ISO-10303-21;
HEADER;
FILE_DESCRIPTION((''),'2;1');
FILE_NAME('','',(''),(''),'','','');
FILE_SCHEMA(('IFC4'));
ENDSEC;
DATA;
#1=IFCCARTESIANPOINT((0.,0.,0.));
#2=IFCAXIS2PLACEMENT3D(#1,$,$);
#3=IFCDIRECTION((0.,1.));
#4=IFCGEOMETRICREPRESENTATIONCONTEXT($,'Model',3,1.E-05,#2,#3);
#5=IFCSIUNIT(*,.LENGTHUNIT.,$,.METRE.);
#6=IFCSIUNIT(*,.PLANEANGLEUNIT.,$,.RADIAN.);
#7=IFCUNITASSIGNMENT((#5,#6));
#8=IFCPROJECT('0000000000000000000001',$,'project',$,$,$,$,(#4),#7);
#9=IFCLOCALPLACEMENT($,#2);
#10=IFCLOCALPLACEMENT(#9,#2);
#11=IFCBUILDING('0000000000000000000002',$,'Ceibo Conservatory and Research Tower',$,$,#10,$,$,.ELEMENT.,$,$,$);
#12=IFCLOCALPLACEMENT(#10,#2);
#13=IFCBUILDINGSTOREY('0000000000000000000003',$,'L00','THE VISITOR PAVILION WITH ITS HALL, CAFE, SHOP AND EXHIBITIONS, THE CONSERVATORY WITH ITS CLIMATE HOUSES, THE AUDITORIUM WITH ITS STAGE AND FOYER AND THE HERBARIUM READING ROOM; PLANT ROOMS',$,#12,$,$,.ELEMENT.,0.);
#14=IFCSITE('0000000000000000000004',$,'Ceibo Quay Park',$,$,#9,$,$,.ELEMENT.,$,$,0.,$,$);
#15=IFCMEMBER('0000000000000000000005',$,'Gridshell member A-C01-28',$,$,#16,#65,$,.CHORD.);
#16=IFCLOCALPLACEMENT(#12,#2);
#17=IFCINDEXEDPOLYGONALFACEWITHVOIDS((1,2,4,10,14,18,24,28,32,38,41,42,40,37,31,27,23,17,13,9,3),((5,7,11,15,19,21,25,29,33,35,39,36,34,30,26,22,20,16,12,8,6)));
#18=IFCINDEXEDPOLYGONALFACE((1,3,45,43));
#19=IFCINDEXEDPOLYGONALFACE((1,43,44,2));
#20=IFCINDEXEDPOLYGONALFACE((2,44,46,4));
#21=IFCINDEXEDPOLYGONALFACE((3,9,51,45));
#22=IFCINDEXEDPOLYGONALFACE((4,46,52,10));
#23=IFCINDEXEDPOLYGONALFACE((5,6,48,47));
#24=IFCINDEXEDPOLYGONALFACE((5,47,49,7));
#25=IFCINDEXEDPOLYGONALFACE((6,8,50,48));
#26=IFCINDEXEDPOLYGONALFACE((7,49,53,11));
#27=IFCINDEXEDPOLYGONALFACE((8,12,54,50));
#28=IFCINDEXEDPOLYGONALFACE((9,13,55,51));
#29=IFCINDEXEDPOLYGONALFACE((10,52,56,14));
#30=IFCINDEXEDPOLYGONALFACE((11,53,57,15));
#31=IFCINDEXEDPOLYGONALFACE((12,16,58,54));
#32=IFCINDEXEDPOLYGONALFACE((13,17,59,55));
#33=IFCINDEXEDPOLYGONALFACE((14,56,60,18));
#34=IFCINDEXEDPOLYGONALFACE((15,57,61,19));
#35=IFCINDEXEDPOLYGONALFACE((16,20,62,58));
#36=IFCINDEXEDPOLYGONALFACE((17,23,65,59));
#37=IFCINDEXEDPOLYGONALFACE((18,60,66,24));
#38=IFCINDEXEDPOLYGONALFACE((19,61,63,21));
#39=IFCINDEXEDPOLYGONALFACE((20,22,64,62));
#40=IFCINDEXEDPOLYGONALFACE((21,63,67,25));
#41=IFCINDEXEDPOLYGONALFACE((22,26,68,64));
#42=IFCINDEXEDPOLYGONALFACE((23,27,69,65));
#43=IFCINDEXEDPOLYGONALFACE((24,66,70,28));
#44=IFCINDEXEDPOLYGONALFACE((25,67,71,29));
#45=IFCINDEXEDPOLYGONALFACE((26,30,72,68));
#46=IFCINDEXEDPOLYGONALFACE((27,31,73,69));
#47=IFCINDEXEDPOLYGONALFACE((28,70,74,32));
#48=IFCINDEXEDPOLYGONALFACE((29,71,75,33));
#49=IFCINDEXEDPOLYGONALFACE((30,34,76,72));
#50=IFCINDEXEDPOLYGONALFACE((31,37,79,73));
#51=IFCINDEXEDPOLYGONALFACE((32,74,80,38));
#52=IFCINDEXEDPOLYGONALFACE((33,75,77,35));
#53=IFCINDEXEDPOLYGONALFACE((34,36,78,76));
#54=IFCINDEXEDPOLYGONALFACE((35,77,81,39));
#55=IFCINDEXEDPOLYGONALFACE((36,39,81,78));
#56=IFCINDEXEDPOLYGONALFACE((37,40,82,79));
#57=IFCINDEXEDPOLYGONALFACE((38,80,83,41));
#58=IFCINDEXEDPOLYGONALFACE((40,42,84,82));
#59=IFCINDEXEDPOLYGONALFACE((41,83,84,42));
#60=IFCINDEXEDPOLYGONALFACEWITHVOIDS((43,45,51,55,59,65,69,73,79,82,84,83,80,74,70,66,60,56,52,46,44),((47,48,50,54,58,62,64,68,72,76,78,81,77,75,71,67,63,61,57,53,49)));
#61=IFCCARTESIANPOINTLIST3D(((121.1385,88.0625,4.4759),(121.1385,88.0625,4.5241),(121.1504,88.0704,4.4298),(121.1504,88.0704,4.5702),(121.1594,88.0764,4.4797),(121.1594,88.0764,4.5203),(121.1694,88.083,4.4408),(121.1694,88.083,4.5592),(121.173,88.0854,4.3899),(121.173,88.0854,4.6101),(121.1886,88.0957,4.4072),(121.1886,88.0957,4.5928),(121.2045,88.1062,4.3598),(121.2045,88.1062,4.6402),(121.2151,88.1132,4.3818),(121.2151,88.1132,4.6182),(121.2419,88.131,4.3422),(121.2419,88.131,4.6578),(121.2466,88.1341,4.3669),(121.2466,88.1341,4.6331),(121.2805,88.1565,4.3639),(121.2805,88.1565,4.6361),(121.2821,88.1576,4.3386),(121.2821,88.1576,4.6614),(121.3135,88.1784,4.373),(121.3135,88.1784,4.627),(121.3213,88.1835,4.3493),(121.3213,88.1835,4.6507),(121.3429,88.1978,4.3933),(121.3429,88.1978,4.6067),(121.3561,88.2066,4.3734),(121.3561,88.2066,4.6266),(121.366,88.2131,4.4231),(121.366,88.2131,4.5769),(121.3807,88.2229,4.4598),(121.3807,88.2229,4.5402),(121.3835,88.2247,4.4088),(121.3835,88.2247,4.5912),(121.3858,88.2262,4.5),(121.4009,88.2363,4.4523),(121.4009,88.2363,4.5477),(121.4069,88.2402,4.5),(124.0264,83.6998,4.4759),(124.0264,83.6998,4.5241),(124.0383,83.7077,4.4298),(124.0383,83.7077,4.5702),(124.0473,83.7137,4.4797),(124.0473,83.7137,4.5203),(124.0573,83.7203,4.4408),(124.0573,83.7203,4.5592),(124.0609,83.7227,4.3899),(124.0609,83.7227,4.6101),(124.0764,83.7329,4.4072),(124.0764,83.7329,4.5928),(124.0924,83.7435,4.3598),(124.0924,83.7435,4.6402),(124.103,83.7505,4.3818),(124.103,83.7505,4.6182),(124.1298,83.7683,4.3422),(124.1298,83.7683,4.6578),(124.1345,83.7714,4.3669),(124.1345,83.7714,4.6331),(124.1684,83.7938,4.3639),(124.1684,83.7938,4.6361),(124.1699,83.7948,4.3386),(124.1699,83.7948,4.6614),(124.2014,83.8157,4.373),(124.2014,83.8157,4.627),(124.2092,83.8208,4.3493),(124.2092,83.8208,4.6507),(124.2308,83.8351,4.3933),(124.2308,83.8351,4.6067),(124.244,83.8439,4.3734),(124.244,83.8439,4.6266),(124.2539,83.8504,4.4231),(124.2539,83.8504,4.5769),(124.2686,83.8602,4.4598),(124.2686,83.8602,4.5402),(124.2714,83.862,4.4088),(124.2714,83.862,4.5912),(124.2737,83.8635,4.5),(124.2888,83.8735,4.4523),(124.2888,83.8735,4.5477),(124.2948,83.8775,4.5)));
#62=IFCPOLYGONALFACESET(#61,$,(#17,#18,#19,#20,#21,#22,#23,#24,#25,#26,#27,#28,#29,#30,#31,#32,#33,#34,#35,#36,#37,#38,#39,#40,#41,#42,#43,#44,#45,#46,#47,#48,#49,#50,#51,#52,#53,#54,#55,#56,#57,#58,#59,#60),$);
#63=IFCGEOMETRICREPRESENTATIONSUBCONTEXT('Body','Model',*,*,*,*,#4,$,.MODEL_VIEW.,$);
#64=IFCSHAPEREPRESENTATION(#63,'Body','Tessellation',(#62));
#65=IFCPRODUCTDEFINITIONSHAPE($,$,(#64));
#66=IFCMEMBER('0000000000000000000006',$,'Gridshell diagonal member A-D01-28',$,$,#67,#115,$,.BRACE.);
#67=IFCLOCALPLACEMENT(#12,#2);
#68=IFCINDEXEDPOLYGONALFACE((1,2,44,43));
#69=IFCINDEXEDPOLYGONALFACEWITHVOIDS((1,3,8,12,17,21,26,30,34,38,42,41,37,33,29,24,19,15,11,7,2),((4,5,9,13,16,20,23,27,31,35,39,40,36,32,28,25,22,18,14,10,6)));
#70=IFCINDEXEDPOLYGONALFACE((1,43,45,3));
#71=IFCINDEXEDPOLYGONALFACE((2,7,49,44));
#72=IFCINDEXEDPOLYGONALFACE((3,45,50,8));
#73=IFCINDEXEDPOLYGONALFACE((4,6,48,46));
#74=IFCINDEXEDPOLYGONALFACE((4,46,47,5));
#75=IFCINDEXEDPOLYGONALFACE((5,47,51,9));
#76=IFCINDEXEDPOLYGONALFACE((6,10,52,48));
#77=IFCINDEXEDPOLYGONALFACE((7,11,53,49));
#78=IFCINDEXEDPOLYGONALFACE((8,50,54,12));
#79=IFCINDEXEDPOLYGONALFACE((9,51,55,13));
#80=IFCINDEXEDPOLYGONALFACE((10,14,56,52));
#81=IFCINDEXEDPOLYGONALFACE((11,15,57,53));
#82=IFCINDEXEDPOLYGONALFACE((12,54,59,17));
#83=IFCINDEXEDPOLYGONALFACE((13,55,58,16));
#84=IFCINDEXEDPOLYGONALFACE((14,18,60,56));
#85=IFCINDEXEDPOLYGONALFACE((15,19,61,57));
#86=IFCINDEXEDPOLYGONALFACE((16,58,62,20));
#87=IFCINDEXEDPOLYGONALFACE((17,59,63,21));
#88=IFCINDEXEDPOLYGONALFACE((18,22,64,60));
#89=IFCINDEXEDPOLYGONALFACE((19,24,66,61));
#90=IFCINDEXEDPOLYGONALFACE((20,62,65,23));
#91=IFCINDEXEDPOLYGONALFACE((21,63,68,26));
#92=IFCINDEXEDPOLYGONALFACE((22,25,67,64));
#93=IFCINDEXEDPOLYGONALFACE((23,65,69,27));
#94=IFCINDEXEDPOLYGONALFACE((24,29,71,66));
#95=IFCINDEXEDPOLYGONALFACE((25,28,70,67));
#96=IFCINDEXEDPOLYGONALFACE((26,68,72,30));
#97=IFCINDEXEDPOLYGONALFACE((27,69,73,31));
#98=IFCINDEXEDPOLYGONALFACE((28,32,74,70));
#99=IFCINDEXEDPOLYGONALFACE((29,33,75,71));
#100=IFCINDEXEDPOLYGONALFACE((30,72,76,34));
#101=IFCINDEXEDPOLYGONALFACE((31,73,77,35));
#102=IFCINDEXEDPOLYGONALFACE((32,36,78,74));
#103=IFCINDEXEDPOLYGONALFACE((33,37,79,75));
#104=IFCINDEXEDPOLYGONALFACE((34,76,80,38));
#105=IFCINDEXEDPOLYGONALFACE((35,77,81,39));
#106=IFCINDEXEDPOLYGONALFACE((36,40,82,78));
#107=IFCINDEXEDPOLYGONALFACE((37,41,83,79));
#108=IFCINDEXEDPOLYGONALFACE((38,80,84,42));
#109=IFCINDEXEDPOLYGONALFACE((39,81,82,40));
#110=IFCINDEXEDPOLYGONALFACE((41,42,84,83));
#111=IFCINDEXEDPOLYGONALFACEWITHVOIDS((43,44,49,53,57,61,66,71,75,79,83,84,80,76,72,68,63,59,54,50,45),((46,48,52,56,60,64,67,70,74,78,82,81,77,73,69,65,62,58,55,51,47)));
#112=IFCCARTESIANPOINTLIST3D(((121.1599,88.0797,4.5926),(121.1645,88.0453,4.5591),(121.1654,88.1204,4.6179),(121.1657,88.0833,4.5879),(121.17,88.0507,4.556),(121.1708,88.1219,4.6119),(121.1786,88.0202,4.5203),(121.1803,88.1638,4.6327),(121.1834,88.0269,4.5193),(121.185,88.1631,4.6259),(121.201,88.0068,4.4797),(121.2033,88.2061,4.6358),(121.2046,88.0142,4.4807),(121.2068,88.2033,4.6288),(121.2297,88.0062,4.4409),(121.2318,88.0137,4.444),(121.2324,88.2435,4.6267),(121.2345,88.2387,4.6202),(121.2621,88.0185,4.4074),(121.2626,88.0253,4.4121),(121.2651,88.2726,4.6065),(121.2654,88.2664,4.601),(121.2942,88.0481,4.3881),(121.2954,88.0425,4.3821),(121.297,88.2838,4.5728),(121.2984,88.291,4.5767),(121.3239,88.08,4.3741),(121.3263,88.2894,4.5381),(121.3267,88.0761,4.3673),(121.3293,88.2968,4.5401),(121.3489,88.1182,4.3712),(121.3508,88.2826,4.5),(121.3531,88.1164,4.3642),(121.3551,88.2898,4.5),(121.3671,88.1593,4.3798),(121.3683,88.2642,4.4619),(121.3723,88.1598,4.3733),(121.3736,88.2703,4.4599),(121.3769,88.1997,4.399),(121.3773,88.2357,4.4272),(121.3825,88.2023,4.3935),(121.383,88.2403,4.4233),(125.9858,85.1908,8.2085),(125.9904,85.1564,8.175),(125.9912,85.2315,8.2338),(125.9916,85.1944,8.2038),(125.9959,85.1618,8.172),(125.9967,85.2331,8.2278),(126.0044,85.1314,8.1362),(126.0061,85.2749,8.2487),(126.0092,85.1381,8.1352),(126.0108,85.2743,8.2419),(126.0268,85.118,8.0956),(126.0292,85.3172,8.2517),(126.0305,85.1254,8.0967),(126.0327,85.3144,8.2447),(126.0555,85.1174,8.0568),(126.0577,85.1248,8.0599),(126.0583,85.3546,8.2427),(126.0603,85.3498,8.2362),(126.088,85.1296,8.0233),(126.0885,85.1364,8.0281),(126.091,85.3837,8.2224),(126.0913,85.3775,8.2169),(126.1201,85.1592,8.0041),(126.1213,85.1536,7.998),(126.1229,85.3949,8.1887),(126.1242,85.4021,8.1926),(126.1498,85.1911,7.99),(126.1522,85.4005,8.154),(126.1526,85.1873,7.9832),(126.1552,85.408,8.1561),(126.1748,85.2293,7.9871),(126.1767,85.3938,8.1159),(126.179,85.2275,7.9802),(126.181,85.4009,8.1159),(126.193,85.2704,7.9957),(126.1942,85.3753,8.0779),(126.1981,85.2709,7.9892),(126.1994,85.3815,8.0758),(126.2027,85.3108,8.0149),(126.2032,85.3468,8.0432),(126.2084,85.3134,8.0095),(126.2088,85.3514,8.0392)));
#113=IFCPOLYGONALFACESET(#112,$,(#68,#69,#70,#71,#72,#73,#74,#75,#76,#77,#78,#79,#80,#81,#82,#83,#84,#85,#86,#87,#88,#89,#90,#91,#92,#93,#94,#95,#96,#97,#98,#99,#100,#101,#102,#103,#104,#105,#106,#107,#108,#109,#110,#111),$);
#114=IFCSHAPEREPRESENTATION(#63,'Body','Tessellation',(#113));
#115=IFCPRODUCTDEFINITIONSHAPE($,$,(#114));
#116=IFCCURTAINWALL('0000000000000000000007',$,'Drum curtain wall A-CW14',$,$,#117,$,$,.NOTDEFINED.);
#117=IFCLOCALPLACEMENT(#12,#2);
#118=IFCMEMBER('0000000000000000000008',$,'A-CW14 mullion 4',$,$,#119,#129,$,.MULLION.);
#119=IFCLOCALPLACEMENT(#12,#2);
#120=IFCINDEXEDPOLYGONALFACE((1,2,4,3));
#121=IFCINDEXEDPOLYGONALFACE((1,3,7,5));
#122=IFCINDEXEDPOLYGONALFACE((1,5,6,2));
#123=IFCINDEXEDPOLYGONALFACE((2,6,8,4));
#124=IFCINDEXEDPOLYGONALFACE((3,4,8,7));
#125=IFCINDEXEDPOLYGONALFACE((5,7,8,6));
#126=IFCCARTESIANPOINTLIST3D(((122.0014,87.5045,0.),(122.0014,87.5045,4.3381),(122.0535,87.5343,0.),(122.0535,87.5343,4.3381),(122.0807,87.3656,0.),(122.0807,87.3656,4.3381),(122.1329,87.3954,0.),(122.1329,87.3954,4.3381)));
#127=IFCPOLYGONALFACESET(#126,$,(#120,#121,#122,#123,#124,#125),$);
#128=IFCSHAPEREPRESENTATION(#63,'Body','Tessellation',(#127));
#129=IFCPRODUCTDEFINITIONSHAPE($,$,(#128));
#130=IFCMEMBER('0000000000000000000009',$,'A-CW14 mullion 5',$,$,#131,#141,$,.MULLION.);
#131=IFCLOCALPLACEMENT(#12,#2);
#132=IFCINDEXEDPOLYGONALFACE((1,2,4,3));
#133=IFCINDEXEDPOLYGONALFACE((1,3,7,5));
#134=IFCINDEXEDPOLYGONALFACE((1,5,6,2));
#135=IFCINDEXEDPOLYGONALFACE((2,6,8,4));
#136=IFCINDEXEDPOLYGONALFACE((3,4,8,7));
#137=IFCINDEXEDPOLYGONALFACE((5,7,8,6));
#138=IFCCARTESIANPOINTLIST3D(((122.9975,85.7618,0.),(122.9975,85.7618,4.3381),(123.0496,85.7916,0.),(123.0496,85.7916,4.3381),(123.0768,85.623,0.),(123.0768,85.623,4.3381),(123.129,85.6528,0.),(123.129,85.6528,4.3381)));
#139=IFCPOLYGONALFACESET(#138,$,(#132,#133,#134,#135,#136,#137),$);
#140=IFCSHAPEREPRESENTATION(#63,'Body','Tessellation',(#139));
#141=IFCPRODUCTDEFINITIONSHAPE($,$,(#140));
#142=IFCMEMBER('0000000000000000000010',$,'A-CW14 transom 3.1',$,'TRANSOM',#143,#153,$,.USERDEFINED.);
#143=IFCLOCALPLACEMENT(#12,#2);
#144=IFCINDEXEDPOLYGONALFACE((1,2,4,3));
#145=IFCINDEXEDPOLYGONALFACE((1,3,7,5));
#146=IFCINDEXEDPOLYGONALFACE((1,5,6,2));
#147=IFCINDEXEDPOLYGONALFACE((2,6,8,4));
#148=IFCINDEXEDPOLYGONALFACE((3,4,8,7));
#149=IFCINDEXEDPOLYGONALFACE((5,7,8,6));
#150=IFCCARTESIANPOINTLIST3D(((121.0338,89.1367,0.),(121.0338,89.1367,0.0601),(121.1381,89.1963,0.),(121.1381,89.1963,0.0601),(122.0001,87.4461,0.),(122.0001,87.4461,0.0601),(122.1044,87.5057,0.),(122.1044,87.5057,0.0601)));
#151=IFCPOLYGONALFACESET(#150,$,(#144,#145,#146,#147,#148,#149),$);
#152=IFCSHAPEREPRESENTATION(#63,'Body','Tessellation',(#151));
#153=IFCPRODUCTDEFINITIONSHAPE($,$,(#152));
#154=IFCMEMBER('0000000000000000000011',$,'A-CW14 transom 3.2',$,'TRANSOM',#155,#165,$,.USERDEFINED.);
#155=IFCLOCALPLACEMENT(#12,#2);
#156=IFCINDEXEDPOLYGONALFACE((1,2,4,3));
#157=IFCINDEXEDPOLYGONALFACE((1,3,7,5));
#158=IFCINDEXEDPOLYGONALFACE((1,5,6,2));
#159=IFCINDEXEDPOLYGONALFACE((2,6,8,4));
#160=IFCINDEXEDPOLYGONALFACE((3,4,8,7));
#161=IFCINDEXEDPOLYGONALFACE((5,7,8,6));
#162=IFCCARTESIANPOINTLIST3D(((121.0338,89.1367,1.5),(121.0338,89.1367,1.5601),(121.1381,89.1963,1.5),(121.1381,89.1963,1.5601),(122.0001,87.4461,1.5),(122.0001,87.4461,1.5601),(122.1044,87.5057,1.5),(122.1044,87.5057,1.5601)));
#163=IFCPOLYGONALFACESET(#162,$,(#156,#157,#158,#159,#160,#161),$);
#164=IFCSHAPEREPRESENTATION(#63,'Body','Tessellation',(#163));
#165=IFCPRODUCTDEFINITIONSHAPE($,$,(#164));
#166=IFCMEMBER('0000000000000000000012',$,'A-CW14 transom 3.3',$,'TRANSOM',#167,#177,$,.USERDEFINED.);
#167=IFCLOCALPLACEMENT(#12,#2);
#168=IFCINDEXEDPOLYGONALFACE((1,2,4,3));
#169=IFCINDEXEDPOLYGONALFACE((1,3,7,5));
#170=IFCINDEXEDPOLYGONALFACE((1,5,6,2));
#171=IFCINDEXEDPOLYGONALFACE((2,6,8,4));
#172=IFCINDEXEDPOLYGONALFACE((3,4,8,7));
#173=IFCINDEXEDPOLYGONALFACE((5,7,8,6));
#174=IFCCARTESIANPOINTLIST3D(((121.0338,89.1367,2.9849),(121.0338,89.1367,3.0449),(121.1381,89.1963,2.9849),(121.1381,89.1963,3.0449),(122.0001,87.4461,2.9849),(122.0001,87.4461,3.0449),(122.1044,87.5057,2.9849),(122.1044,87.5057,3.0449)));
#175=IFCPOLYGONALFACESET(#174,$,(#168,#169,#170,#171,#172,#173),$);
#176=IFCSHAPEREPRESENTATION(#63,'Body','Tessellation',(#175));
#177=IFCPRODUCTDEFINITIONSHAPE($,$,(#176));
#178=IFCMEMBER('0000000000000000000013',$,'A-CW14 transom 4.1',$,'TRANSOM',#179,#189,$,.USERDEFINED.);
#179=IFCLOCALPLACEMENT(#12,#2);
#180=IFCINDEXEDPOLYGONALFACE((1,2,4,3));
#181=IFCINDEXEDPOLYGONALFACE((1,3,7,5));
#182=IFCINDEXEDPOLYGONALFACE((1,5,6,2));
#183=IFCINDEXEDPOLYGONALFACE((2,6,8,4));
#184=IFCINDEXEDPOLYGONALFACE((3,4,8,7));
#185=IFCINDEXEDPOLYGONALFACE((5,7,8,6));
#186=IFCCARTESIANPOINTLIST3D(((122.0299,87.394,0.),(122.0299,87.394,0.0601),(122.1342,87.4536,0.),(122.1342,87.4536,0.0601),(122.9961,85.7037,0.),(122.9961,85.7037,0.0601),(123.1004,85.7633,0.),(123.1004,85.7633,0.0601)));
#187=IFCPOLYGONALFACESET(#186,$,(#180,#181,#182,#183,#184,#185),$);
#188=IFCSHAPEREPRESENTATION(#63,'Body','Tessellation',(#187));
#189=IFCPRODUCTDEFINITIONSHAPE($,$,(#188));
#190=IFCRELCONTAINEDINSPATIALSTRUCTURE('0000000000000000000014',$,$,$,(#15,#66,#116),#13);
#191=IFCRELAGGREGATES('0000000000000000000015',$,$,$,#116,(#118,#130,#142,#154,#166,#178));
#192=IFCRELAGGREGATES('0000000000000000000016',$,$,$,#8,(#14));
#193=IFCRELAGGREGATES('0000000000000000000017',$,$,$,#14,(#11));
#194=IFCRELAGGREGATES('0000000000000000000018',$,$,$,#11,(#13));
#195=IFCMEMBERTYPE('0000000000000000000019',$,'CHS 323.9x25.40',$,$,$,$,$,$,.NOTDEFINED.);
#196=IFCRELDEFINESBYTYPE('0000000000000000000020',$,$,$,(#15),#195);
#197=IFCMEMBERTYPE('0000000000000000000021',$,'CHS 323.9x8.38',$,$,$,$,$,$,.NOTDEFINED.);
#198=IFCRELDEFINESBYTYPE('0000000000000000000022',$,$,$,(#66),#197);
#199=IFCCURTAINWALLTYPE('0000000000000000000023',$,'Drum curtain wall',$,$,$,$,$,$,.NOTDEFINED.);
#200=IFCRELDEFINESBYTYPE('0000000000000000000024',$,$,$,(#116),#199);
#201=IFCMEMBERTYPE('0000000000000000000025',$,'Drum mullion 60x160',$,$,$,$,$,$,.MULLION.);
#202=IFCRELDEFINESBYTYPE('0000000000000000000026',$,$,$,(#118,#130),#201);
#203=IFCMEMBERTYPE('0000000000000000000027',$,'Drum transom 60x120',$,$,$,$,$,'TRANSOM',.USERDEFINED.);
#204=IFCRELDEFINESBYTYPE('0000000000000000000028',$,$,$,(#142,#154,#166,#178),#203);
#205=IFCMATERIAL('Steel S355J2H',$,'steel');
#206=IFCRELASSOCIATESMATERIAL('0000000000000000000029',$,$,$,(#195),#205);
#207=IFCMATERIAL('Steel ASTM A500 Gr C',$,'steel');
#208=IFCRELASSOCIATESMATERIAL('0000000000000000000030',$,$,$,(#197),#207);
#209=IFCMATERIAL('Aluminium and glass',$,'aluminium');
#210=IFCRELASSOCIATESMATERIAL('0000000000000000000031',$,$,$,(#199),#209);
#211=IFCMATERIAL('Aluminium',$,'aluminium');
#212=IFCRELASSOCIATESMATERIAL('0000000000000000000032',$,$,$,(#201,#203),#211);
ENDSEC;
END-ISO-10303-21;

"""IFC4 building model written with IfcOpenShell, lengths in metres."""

from ifc_helpers import new_model, si_unit, direction, frame, origin, origin_2d, place, context, subcontext, project, spatial, rectangle, hollow_circle, extrude, material, material_profile, profile_set, type_object, element, aggregate, save


model = new_model("IFC4")

# Units and contexts
model_context = context("Model", 3, precision=1e-05, world=origin(), true_north=direction((0.0, 1.0)))
body_context = subcontext(model_context, "Body", "Model", "MODEL_VIEW")
ifc_project = project(units=[si_unit("LENGTHUNIT", "METRE"), si_unit("PLANEANGLEUNIT", "RADIAN")], contexts=[model_context])

# Site, building, storey
site_placement = place(None, origin())
site = spatial("IfcSite", under=ifc_project, at=site_placement, Name="Ceibo Quay Park", CompositionType="ELEMENT", RefElevation=0.0)
building_placement = place(site_placement, origin())
building = spatial("IfcBuilding", under=site, at=building_placement, Name="Ceibo Conservatory and Research Tower", CompositionType="ELEMENT")
storey_placement = place(building_placement, origin())
storey = spatial("IfcBuildingStorey", under=building, at=storey_placement, Name="L00", Description="THE VISITOR PAVILION WITH ITS HALL, CAFE, SHOP AND EXHIBITIONS, THE CONSERVATORY WITH ITS CLIMATE HOUSES, THE AUDITORIUM WITH ITS STAGE AND FOYER AND THE HERBARIUM READING ROOM; PLANT ROOMS", CompositionType="ELEMENT", Elevation=0.0)

# Members
ifc_material_1 = material(Name="Steel ASTM A500 Gr C", Category="steel")
ifc_material_2 = material(Name="Steel S355J2H", Category="steel")
ifc_material_profile_1 = material_profile(ifc_material_2, hollow_circle(Radius=0.1619, WallThickness=0.0254, at=origin_2d()), Name="CHS 323.9x25.40")
ifc_profile_set_1 = profile_set([ifc_material_profile_1], Name="Steel S355J2H")
member_type_1 = type_object("IfcMemberType", Name="CHS 323.9x25.40", PredefinedType="NOTDEFINED", material=ifc_profile_set_1)
member_1_placement = place(storey_placement, frame((121.272, 88.1509, 4.5), z_axis=(0.551973, -0.833862, 0.0), x_axis=(0.833862, 0.551973, 0.0)))
element("IfcMember", 1, at=member_1_placement, inside=storey, type_object=member_type_1, Name="Gridshell member A-C01-28", PredefinedType="CHORD", context=body_context, shape_type="SweptSolid", body=[
    extrude(hollow_circle(Radius=0.1619, WallThickness=0.0254, at=origin_2d()), origin(), (0.0, 0.0, 1.0), 5.2319),
])
ifc_material_profile_2 = material_profile(ifc_material_1, hollow_circle(Radius=0.1619, WallThickness=0.0083, at=origin_2d()), Name="CHS 323.9x8.38")
ifc_profile_set_2 = profile_set([ifc_material_profile_2], Name="Steel ASTM A500 Gr C")
member_type_2 = type_object("IfcMemberType", Name="CHS 323.9x8.38", PredefinedType="NOTDEFINED", material=ifc_profile_set_2)
member_2_placement = place(storey_placement, frame((121.272, 88.1509, 4.5), z_axis=(0.721731, -0.432046, 0.540778), x_axis=(0.513627, 0.858013, 0.0)))
element("IfcMember", 2, at=member_2_placement, inside=storey, type_object=member_type_2, Name="Gridshell diagonal member A-D01-28", PredefinedType="BRACE", context=body_context, shape_type="SweptSolid", body=[
    extrude(hollow_circle(Radius=0.1619, WallThickness=0.0083, at=origin_2d()), origin(), (0.0, 0.0, 1.0), 6.6865),
])

# Curtain wall, members
ifc_material_3 = material(Name="Aluminium and glass", Category="aluminium")
curtain_wall_type = type_object("IfcCurtainWallType", Name="Drum curtain wall", PredefinedType="NOTDEFINED", material=ifc_material_3)
curtain_wall_placement = place(storey_placement, origin())
curtain_wall = element("IfcCurtainWall", 3, at=curtain_wall_placement, inside=storey, type_object=curtain_wall_type, Name="Drum curtain wall A-CW14", PredefinedType="NOTDEFINED")
ifc_material_4 = material(Name="Aluminium", Category="aluminium")
ifc_material_profile_3 = material_profile(ifc_material_4, rectangle(XDim=0.0601, YDim=0.1599, at=origin_2d()), Name="AL 60x160")
ifc_profile_set_3 = profile_set([ifc_material_profile_3], Name="Aluminium")
member_type_3 = type_object("IfcMemberType", Name="Drum mullion 60x160", PredefinedType="MULLION", material=ifc_profile_set_3)
member_3_placement = place(storey_placement, frame((122.0671, 87.45, 0.0), z_axis=(0.0, 0.0, 1.0), x_axis=(0.868199, 0.496216, 0.0)))
member_3 = element("IfcMember", 4, at=member_3_placement, type_object=member_type_3, Name="A-CW14 mullion 4", PredefinedType="MULLION", context=body_context, shape_type="SweptSolid", body=[
    extrude(rectangle(XDim=0.0601, YDim=0.1599, at=origin_2d()), origin(), (0.0, 0.0, 1.0), 4.3381),
])
member_4_placement = place(storey_placement, frame((123.0632, 85.7073, 0.0), z_axis=(0.0, 0.0, 1.0), x_axis=(0.868199, 0.496216, 0.0)))
member_4 = element("IfcMember", 5, at=member_4_placement, type_object=member_type_3, Name="A-CW14 mullion 5", PredefinedType="MULLION", context=body_context, shape_type="SweptSolid", body=[
    extrude(rectangle(XDim=0.0601, YDim=0.1599, at=origin_2d()), origin(), (0.0, 0.0, 1.0), 4.3381),
])
ifc_material_profile_4 = material_profile(ifc_material_4, rectangle(XDim=0.1201, YDim=0.0601, at=origin_2d()), Name="AL 60x120")
ifc_profile_set_4 = profile_set([ifc_material_profile_4], Name="Aluminium")
member_type_4 = type_object("IfcMemberType", Name="Drum transom 60x120", ElementType="TRANSOM", PredefinedType="USERDEFINED", material=ifc_profile_set_4)
member_5_placement = place(storey_placement, frame((121.0859, 89.1665, 0.03), z_axis=(0.49622, -0.868197, 0.0), x_axis=(0.868197, 0.49622, 0.0)))
member_5 = element("IfcMember", 6, at=member_5_placement, type_object=member_type_4, Name="A-CW14 transom 3.1", ObjectType="TRANSOM", PredefinedType="USERDEFINED", context=body_context, shape_type="SweptSolid", body=[
    extrude(rectangle(XDim=0.1201, YDim=0.0601, at=origin_2d()), origin(), (0.0, 0.0, 1.0), 1.9473),
])
member_6_placement = place(storey_placement, frame((121.0859, 89.1665, 1.53), z_axis=(0.49622, -0.868197, 0.0), x_axis=(0.868197, 0.49622, 0.0)))
member_6 = element("IfcMember", 7, at=member_6_placement, type_object=member_type_4, Name="A-CW14 transom 3.2", ObjectType="TRANSOM", PredefinedType="USERDEFINED", context=body_context, shape_type="SweptSolid", body=[
    extrude(rectangle(XDim=0.1201, YDim=0.0601, at=origin_2d()), origin(), (0.0, 0.0, 1.0), 1.9473),
])
member_7_placement = place(storey_placement, frame((121.0859, 89.1665, 3.0149), z_axis=(0.49622, -0.868197, 0.0), x_axis=(0.868197, 0.49622, 0.0)))
member_7 = element("IfcMember", 8, at=member_7_placement, type_object=member_type_4, Name="A-CW14 transom 3.3", ObjectType="TRANSOM", PredefinedType="USERDEFINED", context=body_context, shape_type="SweptSolid", body=[
    extrude(rectangle(XDim=0.1201, YDim=0.0601, at=origin_2d()), origin(), (0.0, 0.0, 1.0), 1.9473),
])
member_8_placement = place(storey_placement, frame((122.082, 87.4238, 0.03), z_axis=(0.496274, -0.868166, 0.0), x_axis=(0.868166, 0.496274, 0.0)))
member_8 = element("IfcMember", 9, at=member_8_placement, type_object=member_type_4, Name="A-CW14 transom 4.1", ObjectType="TRANSOM", PredefinedType="USERDEFINED", context=body_context, shape_type="SweptSolid", body=[
    extrude(rectangle(XDim=0.1201, YDim=0.0601, at=origin_2d()), origin(), (0.0, 0.0, 1.0), 1.947),
])
aggregate(curtain_wall, [member_3, member_4, member_5, member_6, member_7, member_8])

save(model, "model.ifc")
